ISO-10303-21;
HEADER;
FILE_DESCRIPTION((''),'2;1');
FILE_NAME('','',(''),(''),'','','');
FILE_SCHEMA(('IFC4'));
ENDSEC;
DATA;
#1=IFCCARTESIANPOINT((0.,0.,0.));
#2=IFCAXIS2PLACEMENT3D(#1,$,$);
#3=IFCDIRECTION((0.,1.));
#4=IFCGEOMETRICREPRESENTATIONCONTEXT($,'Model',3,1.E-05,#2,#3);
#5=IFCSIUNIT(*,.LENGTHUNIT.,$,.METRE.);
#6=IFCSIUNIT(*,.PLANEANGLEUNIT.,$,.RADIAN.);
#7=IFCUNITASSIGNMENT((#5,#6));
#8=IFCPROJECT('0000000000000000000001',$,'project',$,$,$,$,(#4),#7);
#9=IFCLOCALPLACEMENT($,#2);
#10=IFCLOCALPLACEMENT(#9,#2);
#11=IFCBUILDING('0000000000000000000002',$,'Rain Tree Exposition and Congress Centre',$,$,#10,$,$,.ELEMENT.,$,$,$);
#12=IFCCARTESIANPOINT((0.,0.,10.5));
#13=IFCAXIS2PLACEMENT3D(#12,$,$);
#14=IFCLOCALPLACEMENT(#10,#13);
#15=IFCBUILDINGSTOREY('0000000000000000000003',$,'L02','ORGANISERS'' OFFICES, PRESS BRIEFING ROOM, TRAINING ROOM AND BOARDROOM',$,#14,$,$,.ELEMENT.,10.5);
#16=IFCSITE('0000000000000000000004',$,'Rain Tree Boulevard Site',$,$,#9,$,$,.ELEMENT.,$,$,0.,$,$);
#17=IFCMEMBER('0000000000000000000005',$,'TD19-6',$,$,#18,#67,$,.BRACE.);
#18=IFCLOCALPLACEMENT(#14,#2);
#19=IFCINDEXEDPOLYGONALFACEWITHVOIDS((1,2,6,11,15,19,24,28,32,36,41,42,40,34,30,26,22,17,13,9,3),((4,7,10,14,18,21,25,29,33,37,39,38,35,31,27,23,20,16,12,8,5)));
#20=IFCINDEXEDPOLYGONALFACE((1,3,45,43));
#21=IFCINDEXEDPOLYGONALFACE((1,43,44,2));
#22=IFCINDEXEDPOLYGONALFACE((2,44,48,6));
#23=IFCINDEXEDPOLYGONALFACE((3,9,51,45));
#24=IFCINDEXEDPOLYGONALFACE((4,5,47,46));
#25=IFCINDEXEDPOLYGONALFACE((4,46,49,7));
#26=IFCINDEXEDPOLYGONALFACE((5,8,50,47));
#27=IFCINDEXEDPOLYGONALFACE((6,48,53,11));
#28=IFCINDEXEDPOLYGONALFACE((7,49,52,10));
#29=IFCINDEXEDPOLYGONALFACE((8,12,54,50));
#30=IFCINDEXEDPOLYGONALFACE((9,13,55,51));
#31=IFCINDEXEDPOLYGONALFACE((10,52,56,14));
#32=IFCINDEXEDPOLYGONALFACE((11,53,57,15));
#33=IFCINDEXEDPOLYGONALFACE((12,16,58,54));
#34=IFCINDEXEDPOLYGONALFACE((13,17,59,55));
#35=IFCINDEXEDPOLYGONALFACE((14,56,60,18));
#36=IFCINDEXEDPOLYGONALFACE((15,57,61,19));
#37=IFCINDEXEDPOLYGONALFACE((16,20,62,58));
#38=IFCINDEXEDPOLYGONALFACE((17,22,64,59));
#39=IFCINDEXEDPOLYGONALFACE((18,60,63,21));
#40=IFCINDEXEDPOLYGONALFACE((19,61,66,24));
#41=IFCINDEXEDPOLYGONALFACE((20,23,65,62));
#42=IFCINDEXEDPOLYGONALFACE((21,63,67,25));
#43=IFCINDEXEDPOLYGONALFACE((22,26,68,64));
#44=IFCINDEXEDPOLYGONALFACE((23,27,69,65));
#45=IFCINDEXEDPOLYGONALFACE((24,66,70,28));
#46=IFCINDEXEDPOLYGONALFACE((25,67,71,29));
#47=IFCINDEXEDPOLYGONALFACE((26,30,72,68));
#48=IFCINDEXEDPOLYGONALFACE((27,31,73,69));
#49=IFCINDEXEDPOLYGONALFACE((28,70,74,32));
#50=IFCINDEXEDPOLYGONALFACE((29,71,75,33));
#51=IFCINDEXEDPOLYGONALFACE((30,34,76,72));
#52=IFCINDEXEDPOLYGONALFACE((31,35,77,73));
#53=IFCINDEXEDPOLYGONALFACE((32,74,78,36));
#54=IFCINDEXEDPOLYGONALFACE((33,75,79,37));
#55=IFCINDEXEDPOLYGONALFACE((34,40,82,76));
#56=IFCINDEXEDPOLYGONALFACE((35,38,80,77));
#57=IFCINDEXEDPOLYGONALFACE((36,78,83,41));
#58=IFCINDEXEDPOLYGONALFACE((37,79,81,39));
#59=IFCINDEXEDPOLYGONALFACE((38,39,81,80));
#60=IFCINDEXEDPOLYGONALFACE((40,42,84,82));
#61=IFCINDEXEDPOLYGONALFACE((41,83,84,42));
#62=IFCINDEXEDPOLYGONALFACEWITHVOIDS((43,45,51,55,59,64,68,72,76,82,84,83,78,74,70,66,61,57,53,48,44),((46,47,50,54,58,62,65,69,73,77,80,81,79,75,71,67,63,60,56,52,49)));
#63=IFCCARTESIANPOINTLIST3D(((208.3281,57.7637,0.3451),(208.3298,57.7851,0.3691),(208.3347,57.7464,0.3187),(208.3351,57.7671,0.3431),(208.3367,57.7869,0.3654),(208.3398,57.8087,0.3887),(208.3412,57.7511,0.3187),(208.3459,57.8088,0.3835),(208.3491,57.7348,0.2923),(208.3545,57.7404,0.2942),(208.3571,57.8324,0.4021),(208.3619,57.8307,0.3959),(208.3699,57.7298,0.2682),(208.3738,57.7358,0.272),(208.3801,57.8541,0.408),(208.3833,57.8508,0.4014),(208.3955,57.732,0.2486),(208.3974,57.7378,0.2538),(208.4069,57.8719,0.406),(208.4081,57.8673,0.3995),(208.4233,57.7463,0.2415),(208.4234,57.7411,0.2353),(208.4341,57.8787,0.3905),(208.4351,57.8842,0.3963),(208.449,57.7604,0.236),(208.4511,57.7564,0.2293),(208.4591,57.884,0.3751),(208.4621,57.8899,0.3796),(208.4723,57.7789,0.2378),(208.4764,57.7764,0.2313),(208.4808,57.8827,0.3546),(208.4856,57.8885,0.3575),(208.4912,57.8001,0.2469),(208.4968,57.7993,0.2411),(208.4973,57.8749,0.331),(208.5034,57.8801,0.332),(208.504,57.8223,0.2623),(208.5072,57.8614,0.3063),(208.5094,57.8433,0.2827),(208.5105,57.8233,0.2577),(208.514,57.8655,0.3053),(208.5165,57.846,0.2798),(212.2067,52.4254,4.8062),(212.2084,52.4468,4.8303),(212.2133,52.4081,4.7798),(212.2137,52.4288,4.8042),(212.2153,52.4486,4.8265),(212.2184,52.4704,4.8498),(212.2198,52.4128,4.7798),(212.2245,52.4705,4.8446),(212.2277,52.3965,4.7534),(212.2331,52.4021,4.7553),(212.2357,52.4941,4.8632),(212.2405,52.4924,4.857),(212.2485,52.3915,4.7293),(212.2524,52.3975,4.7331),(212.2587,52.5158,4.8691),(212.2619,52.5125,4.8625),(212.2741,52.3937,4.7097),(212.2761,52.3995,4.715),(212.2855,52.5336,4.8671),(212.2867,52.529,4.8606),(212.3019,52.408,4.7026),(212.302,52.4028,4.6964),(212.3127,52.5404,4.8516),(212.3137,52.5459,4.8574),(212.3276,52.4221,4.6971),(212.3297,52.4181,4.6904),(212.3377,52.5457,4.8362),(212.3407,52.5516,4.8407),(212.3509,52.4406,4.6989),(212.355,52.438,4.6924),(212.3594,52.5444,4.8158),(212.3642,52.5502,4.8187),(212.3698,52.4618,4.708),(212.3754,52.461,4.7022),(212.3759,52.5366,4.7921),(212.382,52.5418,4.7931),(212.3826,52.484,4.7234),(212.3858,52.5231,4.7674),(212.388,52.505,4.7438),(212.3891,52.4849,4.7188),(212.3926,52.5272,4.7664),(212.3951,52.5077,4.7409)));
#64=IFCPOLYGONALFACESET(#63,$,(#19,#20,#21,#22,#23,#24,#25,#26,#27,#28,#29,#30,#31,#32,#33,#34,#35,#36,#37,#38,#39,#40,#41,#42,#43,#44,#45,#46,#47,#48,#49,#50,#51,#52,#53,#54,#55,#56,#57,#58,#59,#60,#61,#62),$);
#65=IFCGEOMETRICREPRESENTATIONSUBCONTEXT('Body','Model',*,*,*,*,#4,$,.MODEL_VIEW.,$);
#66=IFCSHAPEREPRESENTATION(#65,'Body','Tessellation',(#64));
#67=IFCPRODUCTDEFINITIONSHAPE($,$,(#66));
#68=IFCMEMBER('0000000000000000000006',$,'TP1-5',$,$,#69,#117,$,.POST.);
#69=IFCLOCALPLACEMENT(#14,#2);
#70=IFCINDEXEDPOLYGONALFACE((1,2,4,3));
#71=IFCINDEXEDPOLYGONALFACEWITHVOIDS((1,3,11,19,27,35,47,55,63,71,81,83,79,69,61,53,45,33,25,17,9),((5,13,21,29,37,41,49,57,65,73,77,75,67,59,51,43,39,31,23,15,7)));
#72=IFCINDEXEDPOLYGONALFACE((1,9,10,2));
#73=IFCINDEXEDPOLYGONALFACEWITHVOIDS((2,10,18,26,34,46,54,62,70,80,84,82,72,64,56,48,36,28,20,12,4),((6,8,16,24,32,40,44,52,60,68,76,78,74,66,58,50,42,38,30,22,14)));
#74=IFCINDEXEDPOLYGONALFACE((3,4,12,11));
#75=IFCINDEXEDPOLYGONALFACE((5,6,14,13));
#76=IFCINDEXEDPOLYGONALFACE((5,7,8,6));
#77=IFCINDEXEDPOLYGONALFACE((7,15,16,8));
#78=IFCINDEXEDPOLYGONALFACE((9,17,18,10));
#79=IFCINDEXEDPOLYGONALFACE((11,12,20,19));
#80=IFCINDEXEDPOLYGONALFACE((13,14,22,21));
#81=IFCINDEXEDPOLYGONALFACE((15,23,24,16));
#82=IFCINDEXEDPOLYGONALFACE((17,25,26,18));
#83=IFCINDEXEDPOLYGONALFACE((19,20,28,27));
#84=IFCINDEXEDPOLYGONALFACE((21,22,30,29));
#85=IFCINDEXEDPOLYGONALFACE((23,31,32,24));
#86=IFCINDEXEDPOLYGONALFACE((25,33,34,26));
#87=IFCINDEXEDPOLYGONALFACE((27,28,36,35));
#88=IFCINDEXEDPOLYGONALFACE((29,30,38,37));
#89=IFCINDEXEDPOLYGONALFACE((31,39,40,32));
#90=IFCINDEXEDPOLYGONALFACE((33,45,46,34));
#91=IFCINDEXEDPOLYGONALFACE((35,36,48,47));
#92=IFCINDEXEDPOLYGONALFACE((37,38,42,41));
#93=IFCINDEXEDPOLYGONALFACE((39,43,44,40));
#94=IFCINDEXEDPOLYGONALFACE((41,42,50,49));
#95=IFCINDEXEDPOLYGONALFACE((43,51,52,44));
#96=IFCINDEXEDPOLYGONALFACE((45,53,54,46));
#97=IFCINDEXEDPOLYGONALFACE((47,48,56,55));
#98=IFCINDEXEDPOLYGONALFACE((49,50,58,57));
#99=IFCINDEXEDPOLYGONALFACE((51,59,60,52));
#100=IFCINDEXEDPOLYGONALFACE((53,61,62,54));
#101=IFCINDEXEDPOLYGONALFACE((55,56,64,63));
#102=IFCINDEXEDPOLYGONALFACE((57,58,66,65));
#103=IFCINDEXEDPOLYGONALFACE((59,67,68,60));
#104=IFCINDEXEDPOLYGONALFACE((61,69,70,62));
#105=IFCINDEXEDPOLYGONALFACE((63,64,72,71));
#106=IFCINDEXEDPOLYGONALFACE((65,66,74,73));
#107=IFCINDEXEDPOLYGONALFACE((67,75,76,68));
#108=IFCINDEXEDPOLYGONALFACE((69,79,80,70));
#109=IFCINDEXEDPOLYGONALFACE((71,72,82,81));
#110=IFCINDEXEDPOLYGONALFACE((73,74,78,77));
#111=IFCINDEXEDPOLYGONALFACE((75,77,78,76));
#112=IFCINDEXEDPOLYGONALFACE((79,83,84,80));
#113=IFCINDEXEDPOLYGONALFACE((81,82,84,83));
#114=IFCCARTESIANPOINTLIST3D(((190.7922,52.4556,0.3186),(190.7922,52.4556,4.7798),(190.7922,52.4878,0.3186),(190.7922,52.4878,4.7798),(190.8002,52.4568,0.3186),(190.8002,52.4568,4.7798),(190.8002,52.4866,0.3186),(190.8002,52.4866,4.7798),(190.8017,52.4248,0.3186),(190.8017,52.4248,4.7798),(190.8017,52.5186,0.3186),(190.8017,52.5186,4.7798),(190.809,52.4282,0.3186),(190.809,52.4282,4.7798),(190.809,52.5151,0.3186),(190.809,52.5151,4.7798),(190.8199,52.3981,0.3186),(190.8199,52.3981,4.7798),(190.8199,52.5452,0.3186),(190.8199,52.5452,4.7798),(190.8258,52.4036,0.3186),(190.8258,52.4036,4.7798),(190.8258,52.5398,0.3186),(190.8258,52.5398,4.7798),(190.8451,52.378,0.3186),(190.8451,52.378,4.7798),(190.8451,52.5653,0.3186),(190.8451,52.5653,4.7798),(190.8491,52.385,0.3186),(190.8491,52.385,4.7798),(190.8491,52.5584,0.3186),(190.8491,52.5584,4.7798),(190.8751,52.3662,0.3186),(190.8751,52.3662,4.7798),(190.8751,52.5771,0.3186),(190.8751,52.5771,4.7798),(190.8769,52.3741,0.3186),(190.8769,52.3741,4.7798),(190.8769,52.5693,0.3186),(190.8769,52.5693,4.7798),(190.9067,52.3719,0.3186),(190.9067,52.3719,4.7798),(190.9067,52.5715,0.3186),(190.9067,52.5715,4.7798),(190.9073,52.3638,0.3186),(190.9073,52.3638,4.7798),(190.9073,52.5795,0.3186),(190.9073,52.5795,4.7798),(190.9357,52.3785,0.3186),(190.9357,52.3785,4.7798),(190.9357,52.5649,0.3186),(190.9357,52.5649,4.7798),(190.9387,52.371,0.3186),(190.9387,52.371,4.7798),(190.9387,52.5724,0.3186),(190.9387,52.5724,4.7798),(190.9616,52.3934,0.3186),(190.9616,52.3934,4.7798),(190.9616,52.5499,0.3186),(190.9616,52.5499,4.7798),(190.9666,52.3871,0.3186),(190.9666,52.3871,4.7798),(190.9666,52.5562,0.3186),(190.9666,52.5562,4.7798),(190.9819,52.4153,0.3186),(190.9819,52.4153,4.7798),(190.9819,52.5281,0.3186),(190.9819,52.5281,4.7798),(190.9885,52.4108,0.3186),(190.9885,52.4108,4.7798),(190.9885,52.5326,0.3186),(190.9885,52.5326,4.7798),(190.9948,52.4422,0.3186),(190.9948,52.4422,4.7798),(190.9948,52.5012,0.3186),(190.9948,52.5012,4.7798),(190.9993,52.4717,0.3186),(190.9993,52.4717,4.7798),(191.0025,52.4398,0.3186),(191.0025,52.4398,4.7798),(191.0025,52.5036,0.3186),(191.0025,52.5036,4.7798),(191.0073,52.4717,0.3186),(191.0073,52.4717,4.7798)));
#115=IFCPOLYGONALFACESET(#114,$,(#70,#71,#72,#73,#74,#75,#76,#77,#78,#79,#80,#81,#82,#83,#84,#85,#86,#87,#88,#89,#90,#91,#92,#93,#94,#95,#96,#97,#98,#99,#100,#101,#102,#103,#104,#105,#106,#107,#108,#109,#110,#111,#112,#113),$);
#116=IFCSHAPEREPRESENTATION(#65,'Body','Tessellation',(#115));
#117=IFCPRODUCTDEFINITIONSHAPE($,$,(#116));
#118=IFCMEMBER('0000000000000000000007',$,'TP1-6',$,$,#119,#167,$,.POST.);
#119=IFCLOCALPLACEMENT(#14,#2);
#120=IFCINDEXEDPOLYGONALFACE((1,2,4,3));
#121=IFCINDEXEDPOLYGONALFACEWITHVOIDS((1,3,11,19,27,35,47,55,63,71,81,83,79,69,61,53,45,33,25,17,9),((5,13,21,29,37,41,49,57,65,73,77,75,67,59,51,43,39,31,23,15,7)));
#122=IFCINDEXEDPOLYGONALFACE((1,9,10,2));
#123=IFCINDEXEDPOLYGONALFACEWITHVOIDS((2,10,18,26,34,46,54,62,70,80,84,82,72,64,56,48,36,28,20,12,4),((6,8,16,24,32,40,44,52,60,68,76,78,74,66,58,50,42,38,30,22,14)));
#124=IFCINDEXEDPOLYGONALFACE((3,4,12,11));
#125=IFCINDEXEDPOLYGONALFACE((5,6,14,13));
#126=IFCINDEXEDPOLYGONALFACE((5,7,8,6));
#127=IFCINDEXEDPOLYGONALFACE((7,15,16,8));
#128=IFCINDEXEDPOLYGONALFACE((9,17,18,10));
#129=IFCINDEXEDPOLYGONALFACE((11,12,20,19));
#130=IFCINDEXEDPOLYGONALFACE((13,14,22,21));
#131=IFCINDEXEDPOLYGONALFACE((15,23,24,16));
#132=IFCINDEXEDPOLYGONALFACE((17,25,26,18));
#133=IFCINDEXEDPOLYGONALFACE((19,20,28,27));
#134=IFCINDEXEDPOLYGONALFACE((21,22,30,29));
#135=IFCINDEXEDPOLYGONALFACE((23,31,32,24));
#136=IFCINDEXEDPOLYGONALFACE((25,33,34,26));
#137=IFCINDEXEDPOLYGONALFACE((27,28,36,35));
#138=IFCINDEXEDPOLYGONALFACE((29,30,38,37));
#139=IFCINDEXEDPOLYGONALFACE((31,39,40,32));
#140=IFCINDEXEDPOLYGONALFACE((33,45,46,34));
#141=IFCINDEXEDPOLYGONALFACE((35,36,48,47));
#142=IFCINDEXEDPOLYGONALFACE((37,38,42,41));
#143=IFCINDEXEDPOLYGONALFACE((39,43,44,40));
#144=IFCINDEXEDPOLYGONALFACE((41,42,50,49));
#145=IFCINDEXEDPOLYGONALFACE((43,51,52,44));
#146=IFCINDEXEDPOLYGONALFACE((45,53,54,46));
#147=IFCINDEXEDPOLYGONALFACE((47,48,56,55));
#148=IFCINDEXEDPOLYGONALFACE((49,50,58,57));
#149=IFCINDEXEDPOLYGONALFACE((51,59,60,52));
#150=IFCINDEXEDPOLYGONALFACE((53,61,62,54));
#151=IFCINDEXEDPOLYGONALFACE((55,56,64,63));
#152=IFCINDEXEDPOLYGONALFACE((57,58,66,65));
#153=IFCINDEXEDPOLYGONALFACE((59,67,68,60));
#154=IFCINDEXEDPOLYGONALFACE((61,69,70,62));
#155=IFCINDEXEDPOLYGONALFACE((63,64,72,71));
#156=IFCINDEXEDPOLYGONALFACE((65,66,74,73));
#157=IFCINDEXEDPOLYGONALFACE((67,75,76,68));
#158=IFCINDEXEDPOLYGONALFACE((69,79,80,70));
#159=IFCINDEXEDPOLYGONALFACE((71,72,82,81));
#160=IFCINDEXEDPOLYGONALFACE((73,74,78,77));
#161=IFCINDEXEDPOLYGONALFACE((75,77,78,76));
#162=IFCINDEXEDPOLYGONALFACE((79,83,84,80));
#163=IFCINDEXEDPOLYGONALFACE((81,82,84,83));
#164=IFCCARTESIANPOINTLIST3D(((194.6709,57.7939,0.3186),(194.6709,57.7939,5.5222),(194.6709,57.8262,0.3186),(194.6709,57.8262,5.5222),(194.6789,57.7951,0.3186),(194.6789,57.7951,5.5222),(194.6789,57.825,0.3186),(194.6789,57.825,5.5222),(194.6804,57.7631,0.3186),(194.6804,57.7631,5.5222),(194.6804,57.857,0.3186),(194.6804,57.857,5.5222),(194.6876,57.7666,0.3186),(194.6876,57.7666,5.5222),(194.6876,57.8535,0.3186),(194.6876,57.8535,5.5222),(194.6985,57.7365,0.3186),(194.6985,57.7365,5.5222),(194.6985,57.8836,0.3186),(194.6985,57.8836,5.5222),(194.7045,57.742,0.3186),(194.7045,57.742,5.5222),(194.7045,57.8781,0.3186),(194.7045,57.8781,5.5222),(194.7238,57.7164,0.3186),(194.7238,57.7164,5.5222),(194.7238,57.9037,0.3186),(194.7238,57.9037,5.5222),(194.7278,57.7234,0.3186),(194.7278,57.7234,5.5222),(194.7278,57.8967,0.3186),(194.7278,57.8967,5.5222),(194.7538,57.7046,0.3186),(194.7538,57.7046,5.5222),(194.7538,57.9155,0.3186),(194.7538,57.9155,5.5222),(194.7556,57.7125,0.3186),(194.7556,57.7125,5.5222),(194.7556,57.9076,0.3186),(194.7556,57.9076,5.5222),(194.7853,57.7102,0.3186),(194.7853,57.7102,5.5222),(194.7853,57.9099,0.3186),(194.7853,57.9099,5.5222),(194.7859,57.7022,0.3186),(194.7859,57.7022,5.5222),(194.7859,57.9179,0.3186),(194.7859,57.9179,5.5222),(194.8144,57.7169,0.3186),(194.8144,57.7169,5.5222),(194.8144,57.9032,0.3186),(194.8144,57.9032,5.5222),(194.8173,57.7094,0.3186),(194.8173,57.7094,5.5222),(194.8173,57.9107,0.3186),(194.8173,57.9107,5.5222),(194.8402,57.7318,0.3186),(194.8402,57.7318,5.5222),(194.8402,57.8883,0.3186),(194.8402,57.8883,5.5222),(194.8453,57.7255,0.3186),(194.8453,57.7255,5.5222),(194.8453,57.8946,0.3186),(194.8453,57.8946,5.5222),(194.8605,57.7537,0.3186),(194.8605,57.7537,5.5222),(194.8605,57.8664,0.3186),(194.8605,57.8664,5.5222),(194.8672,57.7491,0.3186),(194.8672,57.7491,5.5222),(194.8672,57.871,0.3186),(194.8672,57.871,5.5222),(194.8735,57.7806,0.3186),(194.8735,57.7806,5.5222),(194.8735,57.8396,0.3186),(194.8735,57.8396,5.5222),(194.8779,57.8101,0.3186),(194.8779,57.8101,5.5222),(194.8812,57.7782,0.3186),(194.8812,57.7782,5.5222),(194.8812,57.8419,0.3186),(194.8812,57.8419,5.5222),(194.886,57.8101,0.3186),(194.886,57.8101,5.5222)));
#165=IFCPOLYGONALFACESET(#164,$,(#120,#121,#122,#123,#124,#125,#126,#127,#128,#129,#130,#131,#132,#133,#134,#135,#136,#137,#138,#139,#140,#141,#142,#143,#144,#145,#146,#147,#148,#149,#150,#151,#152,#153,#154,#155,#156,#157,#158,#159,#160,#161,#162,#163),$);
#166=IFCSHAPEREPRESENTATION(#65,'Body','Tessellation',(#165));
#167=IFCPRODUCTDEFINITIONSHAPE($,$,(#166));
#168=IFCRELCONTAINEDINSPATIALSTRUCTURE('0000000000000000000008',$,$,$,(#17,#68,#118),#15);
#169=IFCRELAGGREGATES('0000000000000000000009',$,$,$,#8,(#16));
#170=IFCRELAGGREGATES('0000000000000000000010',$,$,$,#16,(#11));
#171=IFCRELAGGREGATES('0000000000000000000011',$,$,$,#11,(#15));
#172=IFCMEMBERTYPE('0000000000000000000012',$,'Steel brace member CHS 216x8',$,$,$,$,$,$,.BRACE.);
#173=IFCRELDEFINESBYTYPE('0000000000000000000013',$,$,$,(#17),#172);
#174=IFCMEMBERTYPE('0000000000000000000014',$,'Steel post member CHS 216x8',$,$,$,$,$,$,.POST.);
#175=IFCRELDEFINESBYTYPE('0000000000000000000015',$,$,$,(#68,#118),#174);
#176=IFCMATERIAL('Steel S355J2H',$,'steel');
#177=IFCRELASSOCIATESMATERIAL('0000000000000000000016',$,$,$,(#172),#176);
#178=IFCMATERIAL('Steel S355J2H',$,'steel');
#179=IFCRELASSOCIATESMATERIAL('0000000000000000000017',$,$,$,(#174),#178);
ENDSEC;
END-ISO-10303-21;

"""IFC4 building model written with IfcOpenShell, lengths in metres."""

from ifc_helpers import new_model, si_unit, direction, frame, origin, origin_2d, place, context, subcontext, project, spatial, hollow_circle, extrude, material, material_profile, profile_set, type_object, element, save


model = new_model("IFC4")

# Units and contexts
model_context = context("Model", 3, precision=1e-05, world=origin(), true_north=direction((0.0, 1.0)))
body_context = subcontext(model_context, "Body", "Model", "MODEL_VIEW")
ifc_project = project(units=[si_unit("LENGTHUNIT", "METRE"), si_unit("PLANEANGLEUNIT", "RADIAN")], contexts=[model_context])

# Site, building, storey
site_placement = place(None, origin())
site = spatial("IfcSite", under=ifc_project, at=site_placement, Name="Rain Tree Boulevard Site", CompositionType="ELEMENT", RefElevation=0.0)
building_placement = place(site_placement, origin())
building = spatial("IfcBuilding", under=site, at=building_placement, Name="Rain Tree Exposition and Congress Centre", CompositionType="ELEMENT")
storey_placement = place(building_placement, frame((0.0, 0.0, 10.5)))
storey = spatial("IfcBuildingStorey", under=building, at=storey_placement, Name="L02", Description="ORGANISERS' OFFICES, PRESS BRIEFING ROOM, TRAINING ROOM AND BOARDROOM", CompositionType="ELEMENT", Elevation=10.5)

# Members
ifc_material_1 = material(Name="Steel S355J2H", Category="steel")
ifc_material_profile_1 = material_profile(ifc_material_1, hollow_circle(Radius=0.1082, WallThickness=0.0081, at=origin_2d()), Name="CHS 216x8")
ifc_profile_set_1 = profile_set([ifc_material_profile_1], Name="Steel S355J2H")
member_type_1 = type_object("IfcMemberType", Name="Steel brace member CHS 216x8", PredefinedType="BRACE", material=ifc_profile_set_1)
member_1_placement = place(storey_placement, frame((212.3008, 52.4717, 4.7798), z_axis=(-0.486951, 0.670213, -0.560084), x_axis=(-0.80901, -0.587795, 0.0)))
element("IfcMember", 1, at=member_1_placement, inside=storey, type_object=member_type_1, Name="TD19-6", PredefinedType="BRACE", context=body_context, shape_type="SweptSolid", body=[
    extrude(hollow_circle(Radius=0.1082, WallThickness=0.0081, at=origin_2d()), origin(), (0.0, 0.0, 1.0), 7.9651),
])
ifc_material_2 = material(Name="Steel S355J2H", Category="steel")
ifc_material_profile_2 = material_profile(ifc_material_2, hollow_circle(Radius=0.1082, WallThickness=0.0081, at=origin_2d()), Name="CHS 216x8")
ifc_profile_set_2 = profile_set([ifc_material_profile_2], Name="Steel S355J2H")
member_type_2 = type_object("IfcMemberType", Name="Steel post member CHS 216x8", PredefinedType="POST", material=ifc_profile_set_2)
member_2_placement = place(storey_placement, frame((190.8992, 52.4717, 0.3186), z_axis=(0.0, 0.0, 1.0), x_axis=(1.0, 0.0, 0.0)))
element("IfcMember", 2, at=member_2_placement, inside=storey, type_object=member_type_2, Name="TP1-5", PredefinedType="POST", context=body_context, shape_type="SweptSolid", body=[
    extrude(hollow_circle(Radius=0.1082, WallThickness=0.0081, at=origin_2d()), origin(), (0.0, 0.0, 1.0), 4.4612),
])
member_3_placement = place(storey_placement, frame((194.7778, 57.8101, 0.3186), z_axis=(0.0, 0.0, 1.0), x_axis=(1.0, 0.0, 0.0)))
element("IfcMember", 3, at=member_3_placement, inside=storey, type_object=member_type_2, Name="TP1-6", PredefinedType="POST", context=body_context, shape_type="SweptSolid", body=[
    extrude(hollow_circle(Radius=0.1082, WallThickness=0.0081, at=origin_2d()), origin(), (0.0, 0.0, 1.0), 5.2036),
])

save(model, "model.ifc")
